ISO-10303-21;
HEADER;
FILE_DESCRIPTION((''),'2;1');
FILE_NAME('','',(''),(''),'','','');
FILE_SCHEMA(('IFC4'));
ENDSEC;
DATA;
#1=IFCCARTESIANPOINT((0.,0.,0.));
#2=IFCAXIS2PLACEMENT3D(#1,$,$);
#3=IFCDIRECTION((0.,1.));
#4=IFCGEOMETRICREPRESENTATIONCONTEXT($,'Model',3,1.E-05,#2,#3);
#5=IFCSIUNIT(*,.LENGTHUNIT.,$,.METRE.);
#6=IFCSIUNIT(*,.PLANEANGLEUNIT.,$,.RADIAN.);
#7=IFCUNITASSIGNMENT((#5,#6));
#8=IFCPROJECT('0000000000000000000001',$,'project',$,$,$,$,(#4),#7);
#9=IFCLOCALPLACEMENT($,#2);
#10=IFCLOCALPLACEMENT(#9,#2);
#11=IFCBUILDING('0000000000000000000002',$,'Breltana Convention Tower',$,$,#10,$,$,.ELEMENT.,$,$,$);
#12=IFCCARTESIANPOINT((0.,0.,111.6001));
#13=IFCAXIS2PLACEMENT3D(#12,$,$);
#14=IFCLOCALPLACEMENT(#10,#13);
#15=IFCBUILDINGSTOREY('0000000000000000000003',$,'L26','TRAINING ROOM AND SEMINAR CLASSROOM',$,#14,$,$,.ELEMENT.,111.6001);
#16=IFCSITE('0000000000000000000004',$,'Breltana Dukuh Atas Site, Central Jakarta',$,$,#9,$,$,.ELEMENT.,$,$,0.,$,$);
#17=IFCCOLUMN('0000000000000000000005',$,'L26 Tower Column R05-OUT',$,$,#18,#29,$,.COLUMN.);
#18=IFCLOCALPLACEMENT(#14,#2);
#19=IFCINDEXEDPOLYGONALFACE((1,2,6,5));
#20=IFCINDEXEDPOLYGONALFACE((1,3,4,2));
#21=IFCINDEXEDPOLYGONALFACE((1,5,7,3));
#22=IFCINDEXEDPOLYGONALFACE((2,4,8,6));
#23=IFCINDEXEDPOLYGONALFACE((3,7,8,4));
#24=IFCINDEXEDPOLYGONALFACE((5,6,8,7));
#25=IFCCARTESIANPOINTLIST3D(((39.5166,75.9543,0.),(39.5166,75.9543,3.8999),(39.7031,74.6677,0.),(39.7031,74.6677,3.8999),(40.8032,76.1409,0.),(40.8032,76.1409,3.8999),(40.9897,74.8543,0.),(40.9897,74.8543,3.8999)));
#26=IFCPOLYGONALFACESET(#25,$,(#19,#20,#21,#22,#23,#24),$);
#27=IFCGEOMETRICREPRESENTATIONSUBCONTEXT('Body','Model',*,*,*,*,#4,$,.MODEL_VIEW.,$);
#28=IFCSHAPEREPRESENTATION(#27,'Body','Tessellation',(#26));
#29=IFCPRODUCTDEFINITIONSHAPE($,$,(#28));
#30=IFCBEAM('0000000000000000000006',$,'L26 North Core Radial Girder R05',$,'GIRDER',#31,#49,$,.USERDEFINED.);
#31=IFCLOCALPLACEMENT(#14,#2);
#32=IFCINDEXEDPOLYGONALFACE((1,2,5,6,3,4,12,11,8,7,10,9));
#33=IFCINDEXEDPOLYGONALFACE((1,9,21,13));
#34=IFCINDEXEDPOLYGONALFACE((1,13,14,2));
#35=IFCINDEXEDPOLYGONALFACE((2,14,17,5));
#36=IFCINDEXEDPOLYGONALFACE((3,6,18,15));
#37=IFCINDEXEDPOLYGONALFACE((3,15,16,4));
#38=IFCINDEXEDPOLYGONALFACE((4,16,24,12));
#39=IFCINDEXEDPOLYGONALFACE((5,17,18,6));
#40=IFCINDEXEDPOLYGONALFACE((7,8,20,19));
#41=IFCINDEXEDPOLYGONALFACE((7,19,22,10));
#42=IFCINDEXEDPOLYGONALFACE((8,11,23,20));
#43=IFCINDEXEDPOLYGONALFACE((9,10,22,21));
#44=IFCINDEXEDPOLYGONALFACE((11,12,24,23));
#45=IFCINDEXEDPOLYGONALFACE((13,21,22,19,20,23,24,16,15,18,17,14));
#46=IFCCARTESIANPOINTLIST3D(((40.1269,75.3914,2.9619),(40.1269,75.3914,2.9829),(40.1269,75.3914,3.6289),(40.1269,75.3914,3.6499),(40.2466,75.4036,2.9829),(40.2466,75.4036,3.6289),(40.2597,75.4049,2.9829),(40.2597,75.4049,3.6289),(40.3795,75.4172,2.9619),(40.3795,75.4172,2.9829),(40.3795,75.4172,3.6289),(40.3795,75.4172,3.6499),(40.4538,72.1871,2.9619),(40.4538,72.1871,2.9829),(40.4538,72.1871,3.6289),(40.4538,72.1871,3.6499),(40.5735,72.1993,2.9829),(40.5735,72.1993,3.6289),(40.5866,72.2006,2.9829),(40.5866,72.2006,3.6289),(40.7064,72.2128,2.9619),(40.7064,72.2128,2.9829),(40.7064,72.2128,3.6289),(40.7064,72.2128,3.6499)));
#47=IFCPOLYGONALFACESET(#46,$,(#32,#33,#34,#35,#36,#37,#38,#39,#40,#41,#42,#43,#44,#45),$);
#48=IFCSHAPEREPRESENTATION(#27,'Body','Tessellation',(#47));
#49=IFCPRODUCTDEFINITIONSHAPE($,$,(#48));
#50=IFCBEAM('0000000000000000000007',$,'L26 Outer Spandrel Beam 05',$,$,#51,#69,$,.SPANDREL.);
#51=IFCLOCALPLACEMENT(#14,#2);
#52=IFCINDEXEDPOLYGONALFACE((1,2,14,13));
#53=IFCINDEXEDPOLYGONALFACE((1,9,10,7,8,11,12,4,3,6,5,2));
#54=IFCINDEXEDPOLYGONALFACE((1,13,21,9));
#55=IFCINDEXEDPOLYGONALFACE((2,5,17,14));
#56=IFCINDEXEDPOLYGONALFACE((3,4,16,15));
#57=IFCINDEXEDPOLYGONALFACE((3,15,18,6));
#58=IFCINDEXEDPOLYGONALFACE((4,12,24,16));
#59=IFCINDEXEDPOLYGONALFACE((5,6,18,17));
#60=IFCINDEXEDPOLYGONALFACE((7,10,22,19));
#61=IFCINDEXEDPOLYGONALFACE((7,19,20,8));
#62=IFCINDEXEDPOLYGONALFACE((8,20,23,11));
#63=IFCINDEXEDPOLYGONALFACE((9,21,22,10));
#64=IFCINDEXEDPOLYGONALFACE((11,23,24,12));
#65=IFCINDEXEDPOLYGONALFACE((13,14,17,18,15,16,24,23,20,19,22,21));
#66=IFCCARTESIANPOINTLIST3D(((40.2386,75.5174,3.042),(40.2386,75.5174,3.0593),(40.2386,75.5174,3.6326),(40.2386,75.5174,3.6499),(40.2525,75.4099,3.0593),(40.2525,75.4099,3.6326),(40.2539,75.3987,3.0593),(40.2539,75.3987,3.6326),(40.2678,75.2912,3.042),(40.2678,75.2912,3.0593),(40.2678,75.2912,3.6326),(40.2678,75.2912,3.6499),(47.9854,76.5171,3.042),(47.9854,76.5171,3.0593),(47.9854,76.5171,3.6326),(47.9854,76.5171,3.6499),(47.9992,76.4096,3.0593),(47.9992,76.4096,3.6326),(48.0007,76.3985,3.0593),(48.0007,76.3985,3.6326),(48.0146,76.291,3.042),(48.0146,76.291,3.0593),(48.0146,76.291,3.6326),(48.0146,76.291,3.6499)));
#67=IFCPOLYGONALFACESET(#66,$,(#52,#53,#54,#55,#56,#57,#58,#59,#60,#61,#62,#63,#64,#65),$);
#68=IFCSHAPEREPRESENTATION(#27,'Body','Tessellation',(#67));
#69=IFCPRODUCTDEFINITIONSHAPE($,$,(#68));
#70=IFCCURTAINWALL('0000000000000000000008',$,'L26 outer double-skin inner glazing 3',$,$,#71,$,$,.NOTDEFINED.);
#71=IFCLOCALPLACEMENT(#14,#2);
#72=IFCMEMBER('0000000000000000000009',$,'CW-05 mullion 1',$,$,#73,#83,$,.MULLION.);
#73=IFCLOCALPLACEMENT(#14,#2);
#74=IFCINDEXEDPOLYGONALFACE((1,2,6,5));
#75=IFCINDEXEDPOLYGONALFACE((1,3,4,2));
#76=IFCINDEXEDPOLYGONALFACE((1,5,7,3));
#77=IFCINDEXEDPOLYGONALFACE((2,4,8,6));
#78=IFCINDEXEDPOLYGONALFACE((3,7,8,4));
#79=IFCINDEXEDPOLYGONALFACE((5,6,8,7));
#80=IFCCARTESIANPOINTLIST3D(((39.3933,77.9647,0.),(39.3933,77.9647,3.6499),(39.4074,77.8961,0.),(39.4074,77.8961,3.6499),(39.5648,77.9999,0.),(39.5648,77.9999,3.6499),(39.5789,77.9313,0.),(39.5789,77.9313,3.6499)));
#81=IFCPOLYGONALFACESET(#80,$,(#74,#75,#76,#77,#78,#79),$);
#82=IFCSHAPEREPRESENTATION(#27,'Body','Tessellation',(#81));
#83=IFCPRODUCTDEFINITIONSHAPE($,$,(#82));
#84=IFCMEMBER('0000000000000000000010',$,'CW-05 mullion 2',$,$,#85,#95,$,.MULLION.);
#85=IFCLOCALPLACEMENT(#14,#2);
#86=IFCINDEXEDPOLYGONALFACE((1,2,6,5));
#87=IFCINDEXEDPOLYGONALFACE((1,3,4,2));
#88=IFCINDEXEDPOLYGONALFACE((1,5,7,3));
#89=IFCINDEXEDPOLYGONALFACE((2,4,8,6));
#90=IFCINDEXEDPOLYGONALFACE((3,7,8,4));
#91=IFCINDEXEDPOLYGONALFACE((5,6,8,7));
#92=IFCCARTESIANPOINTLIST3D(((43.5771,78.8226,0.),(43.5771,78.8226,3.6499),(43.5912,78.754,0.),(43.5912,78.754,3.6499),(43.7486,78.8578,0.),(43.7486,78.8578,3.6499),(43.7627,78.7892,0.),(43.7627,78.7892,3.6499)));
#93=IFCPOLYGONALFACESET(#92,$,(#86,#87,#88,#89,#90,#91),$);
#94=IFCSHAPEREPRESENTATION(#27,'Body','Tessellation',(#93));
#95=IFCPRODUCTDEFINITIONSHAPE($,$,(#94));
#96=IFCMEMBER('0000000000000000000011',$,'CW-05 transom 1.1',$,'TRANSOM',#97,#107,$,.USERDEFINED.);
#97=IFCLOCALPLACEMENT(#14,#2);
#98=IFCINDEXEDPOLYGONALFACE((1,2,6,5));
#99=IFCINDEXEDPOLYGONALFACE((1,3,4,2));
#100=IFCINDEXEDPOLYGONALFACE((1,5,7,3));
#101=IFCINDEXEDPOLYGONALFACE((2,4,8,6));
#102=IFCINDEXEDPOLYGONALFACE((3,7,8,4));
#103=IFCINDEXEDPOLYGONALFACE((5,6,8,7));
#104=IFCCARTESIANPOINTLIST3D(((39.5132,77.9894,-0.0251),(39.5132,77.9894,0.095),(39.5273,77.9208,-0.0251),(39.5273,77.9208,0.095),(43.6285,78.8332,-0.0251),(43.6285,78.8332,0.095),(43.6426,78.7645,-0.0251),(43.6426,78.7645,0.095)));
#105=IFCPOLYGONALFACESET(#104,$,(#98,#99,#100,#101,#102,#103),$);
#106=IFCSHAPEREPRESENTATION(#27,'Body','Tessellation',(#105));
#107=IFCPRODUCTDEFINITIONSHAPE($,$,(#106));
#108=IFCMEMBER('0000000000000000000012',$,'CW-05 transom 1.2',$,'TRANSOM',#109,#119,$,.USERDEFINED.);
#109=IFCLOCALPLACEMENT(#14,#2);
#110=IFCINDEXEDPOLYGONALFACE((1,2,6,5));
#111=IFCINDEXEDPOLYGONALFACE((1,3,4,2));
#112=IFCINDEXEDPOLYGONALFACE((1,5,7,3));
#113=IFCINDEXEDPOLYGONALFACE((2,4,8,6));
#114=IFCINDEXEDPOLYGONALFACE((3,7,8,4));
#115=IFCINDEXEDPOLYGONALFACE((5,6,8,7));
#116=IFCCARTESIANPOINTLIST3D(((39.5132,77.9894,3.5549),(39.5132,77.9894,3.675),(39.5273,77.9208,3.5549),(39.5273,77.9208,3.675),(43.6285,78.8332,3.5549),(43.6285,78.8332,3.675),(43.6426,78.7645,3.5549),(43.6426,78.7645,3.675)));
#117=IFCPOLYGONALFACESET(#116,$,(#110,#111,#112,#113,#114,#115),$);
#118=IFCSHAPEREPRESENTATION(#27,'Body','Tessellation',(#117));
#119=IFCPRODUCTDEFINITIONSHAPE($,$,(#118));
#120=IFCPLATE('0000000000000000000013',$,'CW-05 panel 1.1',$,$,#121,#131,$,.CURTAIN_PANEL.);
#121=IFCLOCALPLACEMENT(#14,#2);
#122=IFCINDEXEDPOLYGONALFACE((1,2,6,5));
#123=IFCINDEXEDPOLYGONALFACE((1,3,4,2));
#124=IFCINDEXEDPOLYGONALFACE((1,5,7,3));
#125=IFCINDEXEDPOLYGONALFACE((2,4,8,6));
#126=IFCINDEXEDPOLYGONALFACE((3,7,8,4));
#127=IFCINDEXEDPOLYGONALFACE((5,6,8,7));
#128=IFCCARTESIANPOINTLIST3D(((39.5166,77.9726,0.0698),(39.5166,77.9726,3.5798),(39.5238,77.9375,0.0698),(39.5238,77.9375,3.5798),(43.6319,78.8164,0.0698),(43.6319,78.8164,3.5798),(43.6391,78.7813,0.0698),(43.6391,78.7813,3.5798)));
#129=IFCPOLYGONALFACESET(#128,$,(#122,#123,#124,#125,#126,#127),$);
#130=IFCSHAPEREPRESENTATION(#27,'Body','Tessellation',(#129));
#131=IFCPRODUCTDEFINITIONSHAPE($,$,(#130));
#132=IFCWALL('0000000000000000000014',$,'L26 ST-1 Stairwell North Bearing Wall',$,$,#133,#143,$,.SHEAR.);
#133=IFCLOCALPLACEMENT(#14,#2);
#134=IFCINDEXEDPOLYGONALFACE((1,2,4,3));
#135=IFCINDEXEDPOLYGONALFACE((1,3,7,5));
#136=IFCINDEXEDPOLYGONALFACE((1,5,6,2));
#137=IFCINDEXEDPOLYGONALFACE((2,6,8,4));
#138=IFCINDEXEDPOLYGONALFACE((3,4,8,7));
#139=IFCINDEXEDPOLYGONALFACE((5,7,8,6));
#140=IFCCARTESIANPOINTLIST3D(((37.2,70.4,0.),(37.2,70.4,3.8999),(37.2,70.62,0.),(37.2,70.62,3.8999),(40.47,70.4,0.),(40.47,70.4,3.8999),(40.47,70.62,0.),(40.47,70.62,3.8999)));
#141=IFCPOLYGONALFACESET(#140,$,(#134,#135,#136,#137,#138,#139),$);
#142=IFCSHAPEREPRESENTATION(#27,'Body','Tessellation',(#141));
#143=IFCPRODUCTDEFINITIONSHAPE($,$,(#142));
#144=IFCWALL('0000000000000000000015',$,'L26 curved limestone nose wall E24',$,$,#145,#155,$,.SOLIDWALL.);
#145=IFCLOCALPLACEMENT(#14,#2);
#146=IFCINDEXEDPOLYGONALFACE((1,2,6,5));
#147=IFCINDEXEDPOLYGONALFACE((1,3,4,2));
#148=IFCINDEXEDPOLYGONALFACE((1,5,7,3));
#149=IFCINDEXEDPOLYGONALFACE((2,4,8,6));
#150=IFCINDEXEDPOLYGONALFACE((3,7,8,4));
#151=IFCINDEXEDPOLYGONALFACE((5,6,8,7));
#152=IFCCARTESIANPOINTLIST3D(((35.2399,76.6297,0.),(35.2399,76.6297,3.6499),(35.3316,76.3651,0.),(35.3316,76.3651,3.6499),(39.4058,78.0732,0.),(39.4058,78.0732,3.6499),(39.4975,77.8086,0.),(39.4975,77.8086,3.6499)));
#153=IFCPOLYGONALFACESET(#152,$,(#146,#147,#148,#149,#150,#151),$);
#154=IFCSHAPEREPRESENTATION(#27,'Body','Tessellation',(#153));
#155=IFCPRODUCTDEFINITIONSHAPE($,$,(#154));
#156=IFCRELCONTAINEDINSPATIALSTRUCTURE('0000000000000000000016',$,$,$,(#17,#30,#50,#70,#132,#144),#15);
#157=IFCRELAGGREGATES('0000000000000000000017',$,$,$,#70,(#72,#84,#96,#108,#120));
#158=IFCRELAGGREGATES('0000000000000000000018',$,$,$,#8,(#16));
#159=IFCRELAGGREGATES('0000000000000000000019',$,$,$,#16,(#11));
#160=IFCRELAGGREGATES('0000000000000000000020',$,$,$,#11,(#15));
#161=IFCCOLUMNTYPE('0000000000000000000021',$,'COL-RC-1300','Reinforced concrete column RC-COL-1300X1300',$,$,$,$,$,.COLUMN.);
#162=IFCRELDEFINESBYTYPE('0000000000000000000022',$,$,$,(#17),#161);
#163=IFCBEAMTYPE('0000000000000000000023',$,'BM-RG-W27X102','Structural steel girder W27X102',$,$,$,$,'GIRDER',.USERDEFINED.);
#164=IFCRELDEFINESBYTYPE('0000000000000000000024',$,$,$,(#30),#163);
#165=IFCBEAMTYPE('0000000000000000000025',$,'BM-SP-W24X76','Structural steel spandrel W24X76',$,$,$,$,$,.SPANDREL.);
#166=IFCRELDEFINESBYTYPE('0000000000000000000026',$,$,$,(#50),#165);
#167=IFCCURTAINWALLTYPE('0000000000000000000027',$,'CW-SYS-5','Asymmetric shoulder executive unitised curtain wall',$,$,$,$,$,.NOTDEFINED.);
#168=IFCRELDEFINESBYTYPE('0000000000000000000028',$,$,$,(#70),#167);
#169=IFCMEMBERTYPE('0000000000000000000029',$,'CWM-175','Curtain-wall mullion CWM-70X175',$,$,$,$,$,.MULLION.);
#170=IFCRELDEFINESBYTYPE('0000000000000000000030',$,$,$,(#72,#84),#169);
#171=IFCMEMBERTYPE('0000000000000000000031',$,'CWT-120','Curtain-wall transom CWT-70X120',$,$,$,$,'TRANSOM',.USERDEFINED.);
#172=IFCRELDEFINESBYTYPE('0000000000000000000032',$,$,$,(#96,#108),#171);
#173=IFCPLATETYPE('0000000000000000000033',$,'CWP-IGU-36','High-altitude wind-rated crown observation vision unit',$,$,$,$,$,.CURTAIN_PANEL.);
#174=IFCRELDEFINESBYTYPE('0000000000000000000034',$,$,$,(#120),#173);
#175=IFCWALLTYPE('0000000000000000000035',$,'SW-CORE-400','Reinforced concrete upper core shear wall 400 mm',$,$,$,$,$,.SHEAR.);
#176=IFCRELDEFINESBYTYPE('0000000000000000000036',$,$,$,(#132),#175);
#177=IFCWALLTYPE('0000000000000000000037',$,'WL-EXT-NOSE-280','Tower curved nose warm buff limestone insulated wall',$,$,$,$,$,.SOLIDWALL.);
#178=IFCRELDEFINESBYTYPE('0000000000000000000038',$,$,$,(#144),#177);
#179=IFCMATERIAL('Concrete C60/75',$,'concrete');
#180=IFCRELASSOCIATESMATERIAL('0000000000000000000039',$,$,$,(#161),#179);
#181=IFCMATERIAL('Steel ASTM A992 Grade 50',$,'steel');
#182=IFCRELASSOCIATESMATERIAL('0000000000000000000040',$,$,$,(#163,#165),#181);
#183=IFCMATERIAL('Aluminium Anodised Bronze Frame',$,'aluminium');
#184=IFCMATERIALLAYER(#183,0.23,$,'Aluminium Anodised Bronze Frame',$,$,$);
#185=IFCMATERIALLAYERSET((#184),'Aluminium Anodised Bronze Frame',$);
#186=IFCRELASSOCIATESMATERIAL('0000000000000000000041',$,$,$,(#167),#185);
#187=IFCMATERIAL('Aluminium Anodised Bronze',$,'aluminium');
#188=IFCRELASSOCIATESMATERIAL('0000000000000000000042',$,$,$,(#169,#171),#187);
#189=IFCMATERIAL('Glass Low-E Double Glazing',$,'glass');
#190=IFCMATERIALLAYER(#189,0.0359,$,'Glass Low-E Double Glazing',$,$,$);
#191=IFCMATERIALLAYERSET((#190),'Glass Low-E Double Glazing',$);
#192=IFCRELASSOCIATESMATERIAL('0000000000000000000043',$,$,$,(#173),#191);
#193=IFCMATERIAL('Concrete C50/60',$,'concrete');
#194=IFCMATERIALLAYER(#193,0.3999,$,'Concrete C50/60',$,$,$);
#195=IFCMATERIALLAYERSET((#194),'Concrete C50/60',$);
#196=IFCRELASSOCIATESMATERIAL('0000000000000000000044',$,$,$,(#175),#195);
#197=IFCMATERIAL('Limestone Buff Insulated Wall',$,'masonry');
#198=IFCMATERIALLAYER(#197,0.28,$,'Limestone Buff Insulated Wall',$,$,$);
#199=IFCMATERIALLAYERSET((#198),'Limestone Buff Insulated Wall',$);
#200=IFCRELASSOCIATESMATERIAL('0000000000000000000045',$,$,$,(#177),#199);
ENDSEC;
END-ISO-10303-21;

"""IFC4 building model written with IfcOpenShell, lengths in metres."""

from ifc_helpers import new_model, si_unit, direction, frame, frame_2d, origin, origin_2d, place, context, subcontext, project, spatial, rectangle, i_section, extrude, source, transform, mapped, material, layer, layer_set, material_profile, profile_set, type_object, element, aggregate, save


model = new_model("IFC4")

# Units and contexts
model_context = context("Model", 3, precision=1e-05, world=origin(), true_north=direction((0.0, 1.0)))
body_context = subcontext(model_context, "Body", "Model", "MODEL_VIEW")
ifc_project = project(units=[si_unit("LENGTHUNIT", "METRE"), si_unit("PLANEANGLEUNIT", "RADIAN")], contexts=[model_context])

# Site, building, storey
site_placement = place(None, origin())
site = spatial("IfcSite", under=ifc_project, at=site_placement, Name="Breltana Dukuh Atas Site, Central Jakarta", CompositionType="ELEMENT", RefElevation=0.0)
building_placement = place(site_placement, origin())
building = spatial("IfcBuilding", under=site, at=building_placement, Name="Breltana Convention Tower", CompositionType="ELEMENT")
storey_placement = place(building_placement, frame((0.0, 0.0, 111.6001)))
storey = spatial("IfcBuildingStorey", under=building, at=storey_placement, Name="L26", Description="TRAINING ROOM AND SEMINAR CLASSROOM", CompositionType="ELEMENT", Elevation=111.6001)

# Column
ifc_material_1 = material(Name="Concrete C60/75", Category="concrete")
ifc_material_profile_1 = material_profile(ifc_material_1, rectangle(XDim=1.3, YDim=1.3, at=origin_2d()), Name="RC-COL-1300X1300")
ifc_profile_set_1 = profile_set([ifc_material_profile_1], Name="Concrete C60/75")
column_type = type_object("IfcColumnType", Name="COL-RC-1300", Description="Reinforced concrete column RC-COL-1300X1300", PredefinedType="COLUMN", material=ifc_profile_set_1)
shared_shape_1 = source(origin(), body_context, "Body", "SweptSolid", [
    extrude(rectangle(XDim=1.3, YDim=1.3, at=origin_2d()), origin(), (0.0, 0.0, 1.0), 3.8999),
])
column_placement = place(storey_placement, frame((40.2532, 75.4043, 0.0), z_axis=(0.0, 0.0, 1.0), x_axis=(-0.143493, 0.989651, 0.0)))
element("IfcColumn", 1, at=column_placement, inside=storey, type_object=column_type, Name="L26 Tower Column R05-OUT", PredefinedType="COLUMN", context=body_context, shape_type="MappedRepresentation", body=[
    mapped(shared_shape_1, transform((0.0, 0.0, 0.0), scale=1.0)),
])

# Beams
ifc_material_2 = material(Name="Steel ASTM A992 Grade 50", Category="steel")
ifc_material_profile_2 = material_profile(ifc_material_2, i_section(OverallWidth=0.2539, OverallDepth=0.688, WebThickness=0.0132, FlangeThickness=0.021, at=origin_2d()), Name="W27X102")
ifc_profile_set_2 = profile_set([ifc_material_profile_2], Name="Steel ASTM A992 Grade 50")
beam_type_1 = type_object("IfcBeamType", Name="BM-RG-W27X102", Description="Structural steel girder W27X102", ElementType="GIRDER", PredefinedType="USERDEFINED", material=ifc_profile_set_2)
shared_shape_2 = source(origin(), body_context, "Body", "SweptSolid", [
    extrude(i_section(OverallWidth=0.2539, OverallDepth=0.688, WebThickness=0.0132, FlangeThickness=0.021, at=origin_2d()), origin(), (0.0, 0.0, 1.0), 3.2209),
])
beam_1_placement = place(storey_placement, frame((40.5801, 72.2, 3.3059), z_axis=(-0.101492, 0.994836, 0.0), x_axis=(-0.994836, -0.101492, 0.0)))
element("IfcBeam", 2, at=beam_1_placement, inside=storey, type_object=beam_type_1, Name="L26 North Core Radial Girder R05", ObjectType="GIRDER", PredefinedType="USERDEFINED", context=body_context, shape_type="MappedRepresentation", body=[
    mapped(shared_shape_2, transform((0.0, 0.0, 0.0), scale=1.0)),
])
ifc_material_profile_3 = material_profile(ifc_material_2, i_section(OverallWidth=0.228, OverallDepth=0.6079, WebThickness=0.0112, FlangeThickness=0.0173, at=origin_2d()), Name="W24X76")
ifc_profile_set_3 = profile_set([ifc_material_profile_3], Name="Steel ASTM A992 Grade 50")
beam_type_2 = type_object("IfcBeamType", Name="BM-SP-W24X76", Description="Structural steel spandrel W24X76", PredefinedType="SPANDREL", material=ifc_profile_set_3)
shared_shape_3 = source(origin(), body_context, "Body", "SweptSolid", [
    extrude(i_section(OverallWidth=0.228, OverallDepth=0.6079, WebThickness=0.0112, FlangeThickness=0.0173, at=origin_2d()), origin(), (0.0, 0.0, 1.0), 7.811),
])
beam_2_placement = place(storey_placement, frame((40.2532, 75.4043, 3.3459), z_axis=(0.991775, 0.127992, 0.0), x_axis=(-0.127992, 0.991775, 0.0)))
element("IfcBeam", 3, at=beam_2_placement, inside=storey, type_object=beam_type_2, Name="L26 Outer Spandrel Beam 05", PredefinedType="SPANDREL", context=body_context, shape_type="MappedRepresentation", body=[
    mapped(shared_shape_3, transform((0.0, 0.0, 0.0), scale=1.0)),
])

# Curtain wall, members, plate
ifc_material_3 = material(Name="Aluminium Anodised Bronze Frame", Category="aluminium")
ifc_layer_1 = layer(ifc_material_3, 0.23, Name="Aluminium Anodised Bronze Frame")
ifc_layer_set_1 = layer_set([ifc_layer_1], Name="Aluminium Anodised Bronze Frame")
curtain_wall_type = type_object("IfcCurtainWallType", Name="CW-SYS-5", Description="Asymmetric shoulder executive unitised curtain wall", PredefinedType="NOTDEFINED", material=ifc_layer_set_1)
curtain_wall_placement = place(storey_placement, origin())
curtain_wall = element("IfcCurtainWall", 4, at=curtain_wall_placement, inside=storey, type_object=curtain_wall_type, Name="L26 outer double-skin inner glazing 3", PredefinedType="NOTDEFINED")
ifc_material_4 = material(Name="Aluminium Anodised Bronze", Category="aluminium")
ifc_material_profile_4 = material_profile(ifc_material_4, rectangle(XDim=0.0701, YDim=0.175, at=origin_2d()), Name="CWM-70X175")
ifc_profile_set_4 = profile_set([ifc_material_profile_4], Name="Aluminium Anodised Bronze")
member_type_1 = type_object("IfcMemberType", Name="CWM-175", Description="Curtain-wall mullion CWM-70X175", PredefinedType="MULLION", material=ifc_profile_set_4)
shared_shape_4 = source(origin(), body_context, "Body", "SweptSolid", [
    extrude(rectangle(XDim=0.0701, YDim=0.175, at=origin_2d()), origin(), (0.0, 0.0, 1.0), 3.6499),
])
member_1_placement = place(storey_placement, frame((39.4861, 77.948, 0.0), z_axis=(0.0, 0.0, 1.0), x_axis=(-0.200859, 0.97962, 0.0)))
member_1 = element("IfcMember", 5, at=member_1_placement, type_object=member_type_1, Name="CW-05 mullion 1", PredefinedType="MULLION", context=body_context, shape_type="MappedRepresentation", body=[
    mapped(shared_shape_4, transform((0.0, 0.0, 0.0), scale=1.0)),
])
member_2_placement = place(storey_placement, frame((43.6699, 78.8059, 0.0), z_axis=(0.0, 0.0, 1.0), x_axis=(-0.200859, 0.97962, 0.0)))
member_2 = element("IfcMember", 6, at=member_2_placement, type_object=member_type_1, Name="CW-05 mullion 2", PredefinedType="MULLION", context=body_context, shape_type="MappedRepresentation", body=[
    mapped(shared_shape_4, transform((0.0, 0.0, 0.0), scale=1.0)),
])
ifc_material_profile_5 = material_profile(ifc_material_4, rectangle(XDim=0.0701, YDim=0.1201, at=origin_2d()), Name="CWT-70X120")
ifc_profile_set_5 = profile_set([ifc_material_profile_5], Name="Aluminium Anodised Bronze")
member_type_2 = type_object("IfcMemberType", Name="CWT-120", Description="Curtain-wall transom CWT-70X120", ElementType="TRANSOM", PredefinedType="USERDEFINED", material=ifc_profile_set_5)
shared_shape_5 = source(origin(), body_context, "Body", "SweptSolid", [
    extrude(rectangle(XDim=0.0701, YDim=0.1201, at=origin_2d()), origin(), (0.0, 0.0, 1.0), 4.2009),
])
member_3_placement = place(storey_placement, frame((39.5203, 77.9551, 0.0349), z_axis=(0.979621, 0.200853, 0.0), x_axis=(-0.200853, 0.979621, 0.0)))
member_3 = element("IfcMember", 7, at=member_3_placement, type_object=member_type_2, Name="CW-05 transom 1.1", ObjectType="TRANSOM", PredefinedType="USERDEFINED", context=body_context, shape_type="MappedRepresentation", body=[
    mapped(shared_shape_5, transform((0.0, 0.0, 0.0), scale=1.0)),
])
member_4_placement = place(storey_placement, frame((39.5203, 77.9551, 3.615), z_axis=(0.979621, 0.200853, 0.0), x_axis=(-0.200853, 0.979621, 0.0)))
member_4 = element("IfcMember", 8, at=member_4_placement, type_object=member_type_2, Name="CW-05 transom 1.2", ObjectType="TRANSOM", PredefinedType="USERDEFINED", context=body_context, shape_type="MappedRepresentation", body=[
    mapped(shared_shape_5, transform((0.0, 0.0, 0.0), scale=1.0)),
])
ifc_material_5 = material(Name="Glass Low-E Double Glazing", Category="glass")
ifc_layer_2 = layer(ifc_material_5, 0.0359, Name="Glass Low-E Double Glazing")
ifc_layer_set_2 = layer_set([ifc_layer_2], Name="Glass Low-E Double Glazing")
plate_type = type_object("IfcPlateType", Name="CWP-IGU-36", Description="High-altitude wind-rated crown observation vision unit", PredefinedType="CURTAIN_PANEL", material=ifc_layer_set_2)
shared_shape_6 = source(origin(), body_context, "Body", "SweptSolid", [
    extrude(rectangle(XDim=4.2009, YDim=0.0359, at=origin_2d()), origin(), (0.0, 0.0, 1.0), 3.51),
])
plate_placement = place(storey_placement, frame((41.5779, 78.377, 0.0698), z_axis=(0.0, 0.0, 1.0), x_axis=(0.97962, 0.200859, 0.0)))
plate = element("IfcPlate", 9, at=plate_placement, type_object=plate_type, Name="CW-05 panel 1.1", PredefinedType="CURTAIN_PANEL", context=body_context, shape_type="MappedRepresentation", body=[
    mapped(shared_shape_6, transform((0.0, 0.0, 0.0), scale=1.0)),
])
aggregate(curtain_wall, [member_1, member_2, member_3, member_4, plate])

# Walls
ifc_material_6 = material(Name="Concrete C50/60", Category="concrete")
ifc_layer_3 = layer(ifc_material_6, 0.3999, Name="Concrete C50/60")
ifc_layer_set_3 = layer_set([ifc_layer_3], Name="Concrete C50/60")
wall_type_1 = type_object("IfcWallType", Name="SW-CORE-400", Description="Reinforced concrete upper core shear wall 400 mm", PredefinedType="SHEAR", material=ifc_layer_set_3)
shared_shape_7 = source(origin(), body_context, "Body", "SweptSolid", [
    extrude(rectangle(XDim=3.27, YDim=0.22, at=frame_2d((1.635, 0.0))), origin(), (0.0, 0.0, 1.0), 3.8999),
])
wall_1_placement = place(storey_placement, frame((37.2, 70.51, 0.0), z_axis=(0.0, 0.0, 1.0), x_axis=(1.0, 0.0, 0.0)))
element("IfcWall", 10, at=wall_1_placement, inside=storey, type_object=wall_type_1, Name="L26 ST-1 Stairwell North Bearing Wall", PredefinedType="SHEAR", context=body_context, shape_type="MappedRepresentation", body=[
    mapped(shared_shape_7, transform((0.0, 0.0, 0.0), scale=1.0)),
])
ifc_material_7 = material(Name="Limestone Buff Insulated Wall", Category="masonry")
ifc_layer_4 = layer(ifc_material_7, 0.28, Name="Limestone Buff Insulated Wall")
ifc_layer_set_4 = layer_set([ifc_layer_4], Name="Limestone Buff Insulated Wall")
wall_type_2 = type_object("IfcWallType", Name="WL-EXT-NOSE-280", Description="Tower curved nose warm buff limestone insulated wall", PredefinedType="SOLIDWALL", material=ifc_layer_set_4)
shared_shape_8 = source(origin(), body_context, "Body", "SweptSolid", [
    extrude(rectangle(XDim=4.4089, YDim=0.28, at=frame_2d((2.2046, 0.0))), origin(), (0.0, 0.0, 1.0), 3.6499),
])
wall_2_placement = place(storey_placement, frame((35.2856, 76.4973, 0.0), z_axis=(0.0, 0.0, 1.0), x_axis=(0.944879, 0.327419, 0.0)))
element("IfcWall", 11, at=wall_2_placement, inside=storey, type_object=wall_type_2, Name="L26 curved limestone nose wall E24", PredefinedType="SOLIDWALL", context=body_context, shape_type="MappedRepresentation", body=[
    mapped(shared_shape_8, transform((0.0, 0.0, 0.0), scale=1.0)),
])

save(model, "model.ifc")
